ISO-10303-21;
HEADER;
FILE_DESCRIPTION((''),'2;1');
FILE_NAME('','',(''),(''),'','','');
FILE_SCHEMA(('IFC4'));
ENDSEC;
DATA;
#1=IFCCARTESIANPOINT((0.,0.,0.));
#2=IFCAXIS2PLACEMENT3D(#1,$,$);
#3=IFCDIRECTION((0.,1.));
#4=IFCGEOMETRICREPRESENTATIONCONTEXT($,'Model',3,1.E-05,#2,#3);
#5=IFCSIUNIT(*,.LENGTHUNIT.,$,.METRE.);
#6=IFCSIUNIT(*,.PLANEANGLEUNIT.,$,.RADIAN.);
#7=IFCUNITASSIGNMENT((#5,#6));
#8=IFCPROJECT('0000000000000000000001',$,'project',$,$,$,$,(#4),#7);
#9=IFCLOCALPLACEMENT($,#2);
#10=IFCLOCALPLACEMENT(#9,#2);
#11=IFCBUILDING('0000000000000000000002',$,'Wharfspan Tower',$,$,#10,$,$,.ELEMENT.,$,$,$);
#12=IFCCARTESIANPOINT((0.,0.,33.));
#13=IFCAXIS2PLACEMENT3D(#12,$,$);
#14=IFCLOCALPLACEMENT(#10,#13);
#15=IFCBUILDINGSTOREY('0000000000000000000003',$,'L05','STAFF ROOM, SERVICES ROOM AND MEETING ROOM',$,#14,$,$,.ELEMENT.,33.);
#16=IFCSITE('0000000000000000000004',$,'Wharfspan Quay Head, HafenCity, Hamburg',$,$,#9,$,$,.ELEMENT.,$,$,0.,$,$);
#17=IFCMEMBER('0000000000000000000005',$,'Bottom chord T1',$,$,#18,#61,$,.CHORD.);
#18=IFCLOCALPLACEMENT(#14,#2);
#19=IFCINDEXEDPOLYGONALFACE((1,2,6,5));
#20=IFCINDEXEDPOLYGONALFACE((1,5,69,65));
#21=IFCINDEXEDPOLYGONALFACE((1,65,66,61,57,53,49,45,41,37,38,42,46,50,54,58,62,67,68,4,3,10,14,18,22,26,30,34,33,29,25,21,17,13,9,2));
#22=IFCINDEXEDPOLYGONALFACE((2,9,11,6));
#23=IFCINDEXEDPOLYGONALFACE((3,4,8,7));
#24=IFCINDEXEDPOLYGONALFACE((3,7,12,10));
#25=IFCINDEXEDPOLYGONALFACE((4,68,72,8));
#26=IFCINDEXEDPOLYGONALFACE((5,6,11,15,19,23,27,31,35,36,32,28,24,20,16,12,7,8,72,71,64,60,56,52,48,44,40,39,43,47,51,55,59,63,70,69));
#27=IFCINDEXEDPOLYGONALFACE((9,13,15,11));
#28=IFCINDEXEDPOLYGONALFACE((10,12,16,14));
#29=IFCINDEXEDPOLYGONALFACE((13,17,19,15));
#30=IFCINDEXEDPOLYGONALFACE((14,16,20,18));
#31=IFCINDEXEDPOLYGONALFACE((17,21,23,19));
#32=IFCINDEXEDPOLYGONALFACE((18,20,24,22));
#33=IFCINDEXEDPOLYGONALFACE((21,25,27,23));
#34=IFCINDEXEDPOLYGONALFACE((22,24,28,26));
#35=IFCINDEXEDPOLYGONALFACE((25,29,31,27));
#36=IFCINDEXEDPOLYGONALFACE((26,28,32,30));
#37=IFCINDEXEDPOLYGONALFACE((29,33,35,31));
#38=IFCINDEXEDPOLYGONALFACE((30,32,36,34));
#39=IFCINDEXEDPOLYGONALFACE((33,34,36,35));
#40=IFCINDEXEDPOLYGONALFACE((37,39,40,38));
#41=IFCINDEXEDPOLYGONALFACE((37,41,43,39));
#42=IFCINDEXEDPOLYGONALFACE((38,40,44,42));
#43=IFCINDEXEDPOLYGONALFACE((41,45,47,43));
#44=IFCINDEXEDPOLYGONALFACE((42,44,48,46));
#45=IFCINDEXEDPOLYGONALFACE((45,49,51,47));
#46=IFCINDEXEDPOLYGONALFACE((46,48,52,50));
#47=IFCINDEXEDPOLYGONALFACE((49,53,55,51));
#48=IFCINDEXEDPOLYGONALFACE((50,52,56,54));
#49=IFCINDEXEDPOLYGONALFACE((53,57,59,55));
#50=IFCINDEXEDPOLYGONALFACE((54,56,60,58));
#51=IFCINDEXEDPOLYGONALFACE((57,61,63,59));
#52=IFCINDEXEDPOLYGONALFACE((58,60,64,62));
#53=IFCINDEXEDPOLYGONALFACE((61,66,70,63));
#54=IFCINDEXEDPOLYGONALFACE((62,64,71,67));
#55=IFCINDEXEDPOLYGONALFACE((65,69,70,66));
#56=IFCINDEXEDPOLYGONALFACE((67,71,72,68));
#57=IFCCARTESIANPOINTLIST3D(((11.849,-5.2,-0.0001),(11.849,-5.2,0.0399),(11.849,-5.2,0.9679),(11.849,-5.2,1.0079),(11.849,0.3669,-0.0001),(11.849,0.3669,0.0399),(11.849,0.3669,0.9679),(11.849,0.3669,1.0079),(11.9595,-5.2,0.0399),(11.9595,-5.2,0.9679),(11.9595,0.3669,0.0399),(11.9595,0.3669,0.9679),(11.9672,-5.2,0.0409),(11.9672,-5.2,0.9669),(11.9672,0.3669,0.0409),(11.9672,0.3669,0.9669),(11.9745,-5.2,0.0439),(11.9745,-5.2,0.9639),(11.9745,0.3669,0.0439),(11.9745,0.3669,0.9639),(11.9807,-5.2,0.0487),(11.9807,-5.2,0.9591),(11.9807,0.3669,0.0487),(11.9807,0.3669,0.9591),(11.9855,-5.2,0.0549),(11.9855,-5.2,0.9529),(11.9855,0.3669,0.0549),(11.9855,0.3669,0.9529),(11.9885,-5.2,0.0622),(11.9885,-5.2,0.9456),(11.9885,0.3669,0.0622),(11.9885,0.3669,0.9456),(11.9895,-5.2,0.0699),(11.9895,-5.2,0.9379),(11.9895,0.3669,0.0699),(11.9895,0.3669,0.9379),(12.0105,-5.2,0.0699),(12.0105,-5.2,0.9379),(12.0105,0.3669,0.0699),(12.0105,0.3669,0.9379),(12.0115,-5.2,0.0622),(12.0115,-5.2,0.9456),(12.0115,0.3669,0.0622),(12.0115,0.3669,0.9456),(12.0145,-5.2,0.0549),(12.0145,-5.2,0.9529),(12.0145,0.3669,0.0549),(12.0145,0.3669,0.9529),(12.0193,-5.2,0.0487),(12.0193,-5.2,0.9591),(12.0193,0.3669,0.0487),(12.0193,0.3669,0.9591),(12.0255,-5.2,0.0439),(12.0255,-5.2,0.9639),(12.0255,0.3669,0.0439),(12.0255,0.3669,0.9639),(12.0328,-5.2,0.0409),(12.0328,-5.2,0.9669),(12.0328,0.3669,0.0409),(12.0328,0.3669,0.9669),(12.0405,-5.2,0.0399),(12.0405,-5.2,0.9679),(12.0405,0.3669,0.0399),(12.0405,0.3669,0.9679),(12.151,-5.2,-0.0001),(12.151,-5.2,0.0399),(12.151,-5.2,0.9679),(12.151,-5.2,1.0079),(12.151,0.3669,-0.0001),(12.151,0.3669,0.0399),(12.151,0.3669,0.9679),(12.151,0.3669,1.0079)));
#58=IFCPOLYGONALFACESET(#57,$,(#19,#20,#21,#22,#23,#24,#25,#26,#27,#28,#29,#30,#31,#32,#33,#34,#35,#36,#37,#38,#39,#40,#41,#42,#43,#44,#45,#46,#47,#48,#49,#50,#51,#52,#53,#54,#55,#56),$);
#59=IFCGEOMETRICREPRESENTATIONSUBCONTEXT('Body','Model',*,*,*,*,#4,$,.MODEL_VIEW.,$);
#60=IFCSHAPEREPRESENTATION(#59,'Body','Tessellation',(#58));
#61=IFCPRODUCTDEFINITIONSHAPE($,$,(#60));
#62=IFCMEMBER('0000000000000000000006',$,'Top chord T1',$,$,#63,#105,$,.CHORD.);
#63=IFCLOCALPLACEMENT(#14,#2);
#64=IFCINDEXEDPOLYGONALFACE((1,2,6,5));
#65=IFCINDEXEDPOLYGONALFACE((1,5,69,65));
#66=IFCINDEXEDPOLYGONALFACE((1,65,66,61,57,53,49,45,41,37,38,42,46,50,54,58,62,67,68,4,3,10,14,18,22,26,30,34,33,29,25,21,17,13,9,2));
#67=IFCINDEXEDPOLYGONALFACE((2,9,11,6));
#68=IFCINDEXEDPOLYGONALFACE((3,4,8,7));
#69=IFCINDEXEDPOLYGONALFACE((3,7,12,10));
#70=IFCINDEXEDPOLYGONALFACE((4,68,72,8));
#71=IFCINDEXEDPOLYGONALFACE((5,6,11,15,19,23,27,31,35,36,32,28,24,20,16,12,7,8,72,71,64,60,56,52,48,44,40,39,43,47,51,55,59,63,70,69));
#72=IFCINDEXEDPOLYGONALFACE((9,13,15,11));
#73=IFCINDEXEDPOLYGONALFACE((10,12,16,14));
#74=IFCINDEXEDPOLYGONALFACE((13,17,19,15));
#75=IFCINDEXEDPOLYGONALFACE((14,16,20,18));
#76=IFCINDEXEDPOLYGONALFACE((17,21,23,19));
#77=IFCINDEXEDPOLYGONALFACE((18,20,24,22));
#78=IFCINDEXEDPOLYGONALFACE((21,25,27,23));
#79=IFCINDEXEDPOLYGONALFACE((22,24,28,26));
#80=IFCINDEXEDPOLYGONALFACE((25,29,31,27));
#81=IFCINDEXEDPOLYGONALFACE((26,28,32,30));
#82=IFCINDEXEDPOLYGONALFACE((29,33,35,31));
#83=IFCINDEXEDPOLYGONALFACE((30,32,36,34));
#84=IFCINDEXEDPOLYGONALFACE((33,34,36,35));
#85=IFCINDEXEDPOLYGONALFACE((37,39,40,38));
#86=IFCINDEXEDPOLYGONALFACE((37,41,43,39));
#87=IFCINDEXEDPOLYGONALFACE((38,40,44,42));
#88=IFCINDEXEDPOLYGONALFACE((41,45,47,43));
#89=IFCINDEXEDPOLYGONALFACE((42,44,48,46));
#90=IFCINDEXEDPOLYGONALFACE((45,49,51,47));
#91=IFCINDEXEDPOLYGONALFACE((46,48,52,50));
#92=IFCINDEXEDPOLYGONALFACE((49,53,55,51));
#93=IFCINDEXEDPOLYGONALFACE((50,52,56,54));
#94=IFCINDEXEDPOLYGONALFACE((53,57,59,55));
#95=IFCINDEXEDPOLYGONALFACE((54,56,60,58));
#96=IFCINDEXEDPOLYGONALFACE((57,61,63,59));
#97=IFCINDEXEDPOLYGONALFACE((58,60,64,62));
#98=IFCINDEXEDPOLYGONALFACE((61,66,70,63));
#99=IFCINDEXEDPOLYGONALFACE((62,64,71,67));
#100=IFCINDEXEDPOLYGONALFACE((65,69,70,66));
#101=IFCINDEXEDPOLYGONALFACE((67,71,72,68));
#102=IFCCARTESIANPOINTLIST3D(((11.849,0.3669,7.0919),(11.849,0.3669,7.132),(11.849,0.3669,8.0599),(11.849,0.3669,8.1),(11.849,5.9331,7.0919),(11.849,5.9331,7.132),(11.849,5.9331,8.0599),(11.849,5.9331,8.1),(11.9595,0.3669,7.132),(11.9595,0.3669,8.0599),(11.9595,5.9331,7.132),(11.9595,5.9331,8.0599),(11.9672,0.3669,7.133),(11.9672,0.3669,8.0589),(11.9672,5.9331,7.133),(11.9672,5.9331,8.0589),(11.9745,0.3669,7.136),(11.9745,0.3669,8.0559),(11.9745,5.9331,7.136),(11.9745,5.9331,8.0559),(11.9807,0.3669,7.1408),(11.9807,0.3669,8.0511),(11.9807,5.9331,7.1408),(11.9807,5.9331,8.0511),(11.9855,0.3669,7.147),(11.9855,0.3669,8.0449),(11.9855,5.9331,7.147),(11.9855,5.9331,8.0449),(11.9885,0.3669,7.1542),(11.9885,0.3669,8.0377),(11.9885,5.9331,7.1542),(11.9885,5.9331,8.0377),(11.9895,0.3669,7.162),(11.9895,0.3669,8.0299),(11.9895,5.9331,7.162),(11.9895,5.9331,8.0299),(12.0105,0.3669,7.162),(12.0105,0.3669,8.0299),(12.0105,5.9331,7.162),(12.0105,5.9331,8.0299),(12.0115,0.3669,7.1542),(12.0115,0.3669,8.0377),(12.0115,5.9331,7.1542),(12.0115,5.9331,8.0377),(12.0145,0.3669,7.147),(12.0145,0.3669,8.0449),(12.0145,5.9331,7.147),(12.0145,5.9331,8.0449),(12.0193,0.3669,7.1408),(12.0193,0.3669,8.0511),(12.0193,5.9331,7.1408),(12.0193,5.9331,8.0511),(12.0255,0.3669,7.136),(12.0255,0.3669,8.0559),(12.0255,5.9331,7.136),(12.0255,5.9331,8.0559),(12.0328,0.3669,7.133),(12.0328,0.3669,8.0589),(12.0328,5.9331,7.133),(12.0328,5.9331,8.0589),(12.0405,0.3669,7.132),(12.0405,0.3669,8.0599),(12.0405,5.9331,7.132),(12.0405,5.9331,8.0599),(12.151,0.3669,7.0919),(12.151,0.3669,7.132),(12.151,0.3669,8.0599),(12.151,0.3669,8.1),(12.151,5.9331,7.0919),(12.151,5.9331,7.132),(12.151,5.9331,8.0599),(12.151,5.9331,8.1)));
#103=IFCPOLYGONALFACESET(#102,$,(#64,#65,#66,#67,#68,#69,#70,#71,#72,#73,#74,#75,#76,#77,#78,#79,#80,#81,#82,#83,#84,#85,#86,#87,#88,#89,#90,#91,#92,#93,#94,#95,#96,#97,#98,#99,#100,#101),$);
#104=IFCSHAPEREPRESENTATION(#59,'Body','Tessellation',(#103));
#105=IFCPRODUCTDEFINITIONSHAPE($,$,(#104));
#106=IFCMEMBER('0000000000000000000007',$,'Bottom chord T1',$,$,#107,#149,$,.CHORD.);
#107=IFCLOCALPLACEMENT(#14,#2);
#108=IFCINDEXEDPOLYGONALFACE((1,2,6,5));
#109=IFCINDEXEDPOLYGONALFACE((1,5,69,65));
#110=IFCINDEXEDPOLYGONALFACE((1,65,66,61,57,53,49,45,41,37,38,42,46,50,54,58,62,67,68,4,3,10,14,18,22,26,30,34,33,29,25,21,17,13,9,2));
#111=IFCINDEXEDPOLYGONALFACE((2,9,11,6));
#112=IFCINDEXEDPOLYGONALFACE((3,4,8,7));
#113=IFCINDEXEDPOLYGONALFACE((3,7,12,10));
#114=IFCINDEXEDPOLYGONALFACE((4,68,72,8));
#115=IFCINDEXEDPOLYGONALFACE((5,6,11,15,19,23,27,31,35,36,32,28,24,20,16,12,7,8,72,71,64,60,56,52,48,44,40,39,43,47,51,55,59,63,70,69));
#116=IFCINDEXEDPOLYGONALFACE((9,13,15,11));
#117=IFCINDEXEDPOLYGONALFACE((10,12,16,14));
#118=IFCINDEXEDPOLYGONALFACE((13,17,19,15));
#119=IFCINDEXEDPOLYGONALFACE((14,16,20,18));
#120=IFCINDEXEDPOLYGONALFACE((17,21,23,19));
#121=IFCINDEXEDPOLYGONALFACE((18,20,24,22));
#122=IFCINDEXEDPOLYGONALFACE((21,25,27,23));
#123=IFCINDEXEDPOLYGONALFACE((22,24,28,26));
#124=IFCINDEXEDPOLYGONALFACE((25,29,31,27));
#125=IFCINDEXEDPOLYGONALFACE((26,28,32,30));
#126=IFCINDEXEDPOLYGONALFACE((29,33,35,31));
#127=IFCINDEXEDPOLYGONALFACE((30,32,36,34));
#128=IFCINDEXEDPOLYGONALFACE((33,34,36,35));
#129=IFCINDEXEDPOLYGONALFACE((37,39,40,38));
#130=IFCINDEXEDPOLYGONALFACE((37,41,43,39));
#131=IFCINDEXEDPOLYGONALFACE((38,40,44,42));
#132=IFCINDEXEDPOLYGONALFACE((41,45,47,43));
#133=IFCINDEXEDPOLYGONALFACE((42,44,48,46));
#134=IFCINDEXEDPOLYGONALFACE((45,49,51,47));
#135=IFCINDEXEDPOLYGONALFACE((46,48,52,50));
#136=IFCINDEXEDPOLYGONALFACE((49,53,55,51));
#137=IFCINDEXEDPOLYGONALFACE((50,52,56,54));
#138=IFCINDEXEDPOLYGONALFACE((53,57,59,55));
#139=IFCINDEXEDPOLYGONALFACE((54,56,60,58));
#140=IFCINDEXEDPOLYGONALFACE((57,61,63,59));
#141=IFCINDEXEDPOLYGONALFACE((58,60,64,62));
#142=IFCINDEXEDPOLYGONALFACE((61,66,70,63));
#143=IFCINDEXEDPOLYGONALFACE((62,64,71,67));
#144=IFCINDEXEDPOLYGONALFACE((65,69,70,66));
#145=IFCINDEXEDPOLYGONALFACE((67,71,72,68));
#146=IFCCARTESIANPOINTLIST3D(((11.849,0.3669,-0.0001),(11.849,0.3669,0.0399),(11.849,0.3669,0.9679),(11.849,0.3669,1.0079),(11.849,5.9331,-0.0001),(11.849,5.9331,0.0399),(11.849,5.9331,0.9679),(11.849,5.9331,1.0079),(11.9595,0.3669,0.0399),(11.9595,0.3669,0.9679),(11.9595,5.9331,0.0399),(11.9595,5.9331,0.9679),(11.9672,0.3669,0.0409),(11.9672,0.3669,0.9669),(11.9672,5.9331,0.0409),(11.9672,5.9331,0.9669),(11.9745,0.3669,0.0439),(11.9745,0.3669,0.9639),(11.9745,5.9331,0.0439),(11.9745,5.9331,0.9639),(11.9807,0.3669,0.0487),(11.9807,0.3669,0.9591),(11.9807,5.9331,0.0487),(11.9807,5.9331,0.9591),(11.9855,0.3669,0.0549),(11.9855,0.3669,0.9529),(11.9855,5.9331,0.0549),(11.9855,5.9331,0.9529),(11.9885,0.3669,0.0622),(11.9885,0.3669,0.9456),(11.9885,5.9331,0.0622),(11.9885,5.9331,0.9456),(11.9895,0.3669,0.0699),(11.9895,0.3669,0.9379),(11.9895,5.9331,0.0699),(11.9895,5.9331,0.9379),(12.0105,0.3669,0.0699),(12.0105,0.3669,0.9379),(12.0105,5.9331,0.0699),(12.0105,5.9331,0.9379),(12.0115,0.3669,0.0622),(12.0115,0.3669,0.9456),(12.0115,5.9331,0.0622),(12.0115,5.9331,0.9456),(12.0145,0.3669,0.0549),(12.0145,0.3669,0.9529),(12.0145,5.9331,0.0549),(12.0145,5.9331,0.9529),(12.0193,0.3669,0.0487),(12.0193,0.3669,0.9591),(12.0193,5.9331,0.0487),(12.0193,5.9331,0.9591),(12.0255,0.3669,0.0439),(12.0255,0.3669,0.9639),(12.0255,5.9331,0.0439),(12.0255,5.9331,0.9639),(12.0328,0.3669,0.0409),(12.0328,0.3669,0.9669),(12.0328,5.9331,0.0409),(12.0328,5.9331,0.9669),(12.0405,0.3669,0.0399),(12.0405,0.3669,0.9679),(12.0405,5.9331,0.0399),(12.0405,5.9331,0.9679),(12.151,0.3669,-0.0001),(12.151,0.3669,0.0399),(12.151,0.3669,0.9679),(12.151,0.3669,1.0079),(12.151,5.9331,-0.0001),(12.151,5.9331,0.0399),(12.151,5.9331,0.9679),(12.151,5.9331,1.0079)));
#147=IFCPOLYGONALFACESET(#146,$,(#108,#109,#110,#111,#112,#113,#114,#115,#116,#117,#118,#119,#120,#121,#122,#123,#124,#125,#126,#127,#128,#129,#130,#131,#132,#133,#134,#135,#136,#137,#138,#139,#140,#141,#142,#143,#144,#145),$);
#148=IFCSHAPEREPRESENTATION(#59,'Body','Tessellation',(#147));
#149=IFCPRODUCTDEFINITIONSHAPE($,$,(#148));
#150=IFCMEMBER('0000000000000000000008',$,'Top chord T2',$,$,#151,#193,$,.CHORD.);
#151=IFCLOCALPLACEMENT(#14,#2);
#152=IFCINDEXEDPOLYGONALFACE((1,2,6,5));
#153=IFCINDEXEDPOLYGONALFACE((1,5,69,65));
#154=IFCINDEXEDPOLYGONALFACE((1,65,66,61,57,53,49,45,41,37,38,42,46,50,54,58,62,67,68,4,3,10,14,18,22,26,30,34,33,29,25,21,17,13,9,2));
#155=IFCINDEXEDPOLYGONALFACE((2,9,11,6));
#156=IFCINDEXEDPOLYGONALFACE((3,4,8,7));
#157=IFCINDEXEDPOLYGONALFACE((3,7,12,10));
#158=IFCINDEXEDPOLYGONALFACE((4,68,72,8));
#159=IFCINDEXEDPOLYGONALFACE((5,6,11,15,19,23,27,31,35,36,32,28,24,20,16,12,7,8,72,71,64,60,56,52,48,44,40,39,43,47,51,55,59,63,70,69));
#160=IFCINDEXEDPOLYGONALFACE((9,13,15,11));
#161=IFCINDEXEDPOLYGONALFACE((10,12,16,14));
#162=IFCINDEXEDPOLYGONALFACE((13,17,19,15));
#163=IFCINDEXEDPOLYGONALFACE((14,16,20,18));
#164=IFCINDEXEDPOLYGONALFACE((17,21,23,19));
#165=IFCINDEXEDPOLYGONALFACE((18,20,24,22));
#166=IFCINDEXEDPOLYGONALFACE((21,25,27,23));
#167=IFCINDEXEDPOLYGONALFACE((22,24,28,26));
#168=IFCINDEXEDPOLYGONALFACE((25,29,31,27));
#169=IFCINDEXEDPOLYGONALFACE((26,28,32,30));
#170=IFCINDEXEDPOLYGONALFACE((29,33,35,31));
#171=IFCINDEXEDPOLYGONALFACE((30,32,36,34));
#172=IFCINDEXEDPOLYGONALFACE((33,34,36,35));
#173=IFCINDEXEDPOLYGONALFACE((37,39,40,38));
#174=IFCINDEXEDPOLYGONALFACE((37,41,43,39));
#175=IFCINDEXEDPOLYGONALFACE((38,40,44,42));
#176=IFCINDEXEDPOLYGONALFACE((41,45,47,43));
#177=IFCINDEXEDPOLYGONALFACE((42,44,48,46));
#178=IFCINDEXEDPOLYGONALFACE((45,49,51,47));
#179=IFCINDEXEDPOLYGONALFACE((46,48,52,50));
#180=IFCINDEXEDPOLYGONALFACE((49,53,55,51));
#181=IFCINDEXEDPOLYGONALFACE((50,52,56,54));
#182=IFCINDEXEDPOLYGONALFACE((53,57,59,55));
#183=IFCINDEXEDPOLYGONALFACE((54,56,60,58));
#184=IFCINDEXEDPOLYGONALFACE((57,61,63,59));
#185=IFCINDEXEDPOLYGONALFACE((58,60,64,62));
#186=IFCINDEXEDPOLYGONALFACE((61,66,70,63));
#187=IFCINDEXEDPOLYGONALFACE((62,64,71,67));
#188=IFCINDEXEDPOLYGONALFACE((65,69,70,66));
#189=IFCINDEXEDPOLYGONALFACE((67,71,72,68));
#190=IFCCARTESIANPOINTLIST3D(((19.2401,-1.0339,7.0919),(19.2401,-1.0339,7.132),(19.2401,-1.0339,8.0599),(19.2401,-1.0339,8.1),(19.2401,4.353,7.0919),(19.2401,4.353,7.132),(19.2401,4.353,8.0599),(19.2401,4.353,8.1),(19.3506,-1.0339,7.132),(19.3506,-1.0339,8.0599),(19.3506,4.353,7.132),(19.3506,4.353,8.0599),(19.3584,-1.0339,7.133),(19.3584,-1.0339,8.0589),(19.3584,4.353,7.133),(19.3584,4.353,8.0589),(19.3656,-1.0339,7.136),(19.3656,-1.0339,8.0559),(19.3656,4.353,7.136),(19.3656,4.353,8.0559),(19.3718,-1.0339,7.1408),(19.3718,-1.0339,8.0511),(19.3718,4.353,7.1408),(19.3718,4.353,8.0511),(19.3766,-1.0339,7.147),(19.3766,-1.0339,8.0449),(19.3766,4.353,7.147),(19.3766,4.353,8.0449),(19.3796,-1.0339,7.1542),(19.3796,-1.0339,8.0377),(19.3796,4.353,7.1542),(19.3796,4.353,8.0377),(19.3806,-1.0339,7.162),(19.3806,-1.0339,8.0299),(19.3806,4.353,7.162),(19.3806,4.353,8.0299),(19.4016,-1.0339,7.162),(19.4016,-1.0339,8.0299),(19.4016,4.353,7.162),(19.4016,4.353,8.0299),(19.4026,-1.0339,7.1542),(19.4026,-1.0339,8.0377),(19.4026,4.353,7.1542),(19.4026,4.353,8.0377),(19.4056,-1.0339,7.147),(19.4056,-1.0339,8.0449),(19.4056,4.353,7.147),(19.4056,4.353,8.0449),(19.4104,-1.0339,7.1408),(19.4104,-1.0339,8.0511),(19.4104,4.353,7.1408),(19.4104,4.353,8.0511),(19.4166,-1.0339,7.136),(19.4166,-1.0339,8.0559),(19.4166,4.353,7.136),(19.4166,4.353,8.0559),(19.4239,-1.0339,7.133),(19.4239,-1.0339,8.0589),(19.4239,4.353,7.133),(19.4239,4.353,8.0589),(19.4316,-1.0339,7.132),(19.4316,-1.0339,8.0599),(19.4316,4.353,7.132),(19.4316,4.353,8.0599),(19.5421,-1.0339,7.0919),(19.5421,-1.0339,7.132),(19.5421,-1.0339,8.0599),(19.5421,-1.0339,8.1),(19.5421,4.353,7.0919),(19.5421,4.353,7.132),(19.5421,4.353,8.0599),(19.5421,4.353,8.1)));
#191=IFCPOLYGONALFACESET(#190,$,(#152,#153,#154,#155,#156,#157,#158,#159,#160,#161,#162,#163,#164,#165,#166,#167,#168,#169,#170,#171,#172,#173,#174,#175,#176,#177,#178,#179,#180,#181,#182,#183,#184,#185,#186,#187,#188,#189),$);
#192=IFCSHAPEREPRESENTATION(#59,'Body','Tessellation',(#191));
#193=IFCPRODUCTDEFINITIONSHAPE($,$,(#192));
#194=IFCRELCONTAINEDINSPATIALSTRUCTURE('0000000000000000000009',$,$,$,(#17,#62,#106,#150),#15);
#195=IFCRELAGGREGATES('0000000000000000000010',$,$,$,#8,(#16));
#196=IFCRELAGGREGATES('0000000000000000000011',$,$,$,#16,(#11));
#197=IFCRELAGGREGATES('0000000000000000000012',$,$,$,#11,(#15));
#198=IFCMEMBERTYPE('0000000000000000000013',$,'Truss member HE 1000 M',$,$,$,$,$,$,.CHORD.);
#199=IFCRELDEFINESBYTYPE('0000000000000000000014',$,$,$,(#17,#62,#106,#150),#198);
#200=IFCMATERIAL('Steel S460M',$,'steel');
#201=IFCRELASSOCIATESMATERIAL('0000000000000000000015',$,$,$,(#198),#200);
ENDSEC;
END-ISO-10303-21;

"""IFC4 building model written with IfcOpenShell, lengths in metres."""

from ifc_helpers import new_model, si_unit, direction, frame, origin, origin_2d, place, context, subcontext, project, spatial, i_section, extrude, material, material_profile, profile_set, type_object, element, save


model = new_model("IFC4")

# Units and contexts
model_context = context("Model", 3, precision=1e-05, world=origin(), true_north=direction((0.0, 1.0)))
body_context = subcontext(model_context, "Body", "Model", "MODEL_VIEW")
ifc_project = project(units=[si_unit("LENGTHUNIT", "METRE"), si_unit("PLANEANGLEUNIT", "RADIAN")], contexts=[model_context])

# Site, building, storey
site_placement = place(None, origin())
site = spatial("IfcSite", under=ifc_project, at=site_placement, Name="Wharfspan Quay Head, HafenCity, Hamburg", CompositionType="ELEMENT", RefElevation=0.0)
building_placement = place(site_placement, origin())
building = spatial("IfcBuilding", under=site, at=building_placement, Name="Wharfspan Tower", CompositionType="ELEMENT")
storey_placement = place(building_placement, frame((0.0, 0.0, 33.0)))
storey = spatial("IfcBuildingStorey", under=building, at=storey_placement, Name="L05", Description="STAFF ROOM, SERVICES ROOM AND MEETING ROOM", CompositionType="ELEMENT", Elevation=33.0)

# Members
ifc_material_1 = material(Name="Steel S460M", Category="steel")
ifc_material_profile_1 = material_profile(ifc_material_1, i_section(OverallWidth=0.302, OverallDepth=1.0081, WebThickness=0.021, FlangeThickness=0.04, FilletRadius=0.03, at=origin_2d()))
ifc_profile_set_1 = profile_set([ifc_material_profile_1], Name="Steel S460M")
member_type_1 = type_object("IfcMemberType", Name="Truss member HE 1000 M", PredefinedType="CHORD", material=ifc_profile_set_1)
for number, where, z_axis, x_axis, name in (
    (1, (12.0, -5.2, 0.5039), (0.0, 1.0, 0.0), (-1.0, 0.0, 0.0), "Bottom chord T1"),
):
    element("IfcMember", number, at=place(storey_placement, frame(where, z_axis=z_axis, x_axis=x_axis)), inside=storey, type_object=member_type_1, Name=name, PredefinedType="CHORD", context=body_context, shape_type="SweptSolid", body=[
        extrude(i_section(OverallWidth=0.302, OverallDepth=1.0081, WebThickness=0.021, FlangeThickness=0.04, FilletRadius=0.03, at=origin_2d()), origin(), (0.0, 0.0, 1.0), 5.5669),
    ])
for number, where, z_axis, x_axis, name in (
    (2, (12.0, 0.3669, 7.5959), (0.0, 1.0, 0.0), (-1.0, 0.0, 0.0), "Top chord T1"),
    (3, (12.0, 0.3669, 0.5039), (0.0, 1.0, 0.0), (-1.0, 0.0, 0.0), "Bottom chord T1"),
):
    element("IfcMember", number, at=place(storey_placement, frame(where, z_axis=z_axis, x_axis=x_axis)), inside=storey, type_object=member_type_1, Name=name, PredefinedType="CHORD", context=body_context, shape_type="SweptSolid", body=[
        extrude(i_section(OverallWidth=0.302, OverallDepth=1.0081, WebThickness=0.021, FlangeThickness=0.04, FilletRadius=0.03, at=origin_2d()), origin(), (0.0, 0.0, 1.0), 5.5662),
    ])
for number, where, z_axis, x_axis, name in (
    (4, (19.3911, -1.0339, 7.5959), (0.0, 1.0, 0.0), (-1.0, 0.0, 0.0), "Top chord T2"),
):
    element("IfcMember", number, at=place(storey_placement, frame(where, z_axis=z_axis, x_axis=x_axis)), inside=storey, type_object=member_type_1, Name=name, PredefinedType="CHORD", context=body_context, shape_type="SweptSolid", body=[
        extrude(i_section(OverallWidth=0.302, OverallDepth=1.0081, WebThickness=0.021, FlangeThickness=0.04, FilletRadius=0.03, at=origin_2d()), origin(), (0.0, 0.0, 1.0), 5.387),
    ])

save(model, "model.ifc")
